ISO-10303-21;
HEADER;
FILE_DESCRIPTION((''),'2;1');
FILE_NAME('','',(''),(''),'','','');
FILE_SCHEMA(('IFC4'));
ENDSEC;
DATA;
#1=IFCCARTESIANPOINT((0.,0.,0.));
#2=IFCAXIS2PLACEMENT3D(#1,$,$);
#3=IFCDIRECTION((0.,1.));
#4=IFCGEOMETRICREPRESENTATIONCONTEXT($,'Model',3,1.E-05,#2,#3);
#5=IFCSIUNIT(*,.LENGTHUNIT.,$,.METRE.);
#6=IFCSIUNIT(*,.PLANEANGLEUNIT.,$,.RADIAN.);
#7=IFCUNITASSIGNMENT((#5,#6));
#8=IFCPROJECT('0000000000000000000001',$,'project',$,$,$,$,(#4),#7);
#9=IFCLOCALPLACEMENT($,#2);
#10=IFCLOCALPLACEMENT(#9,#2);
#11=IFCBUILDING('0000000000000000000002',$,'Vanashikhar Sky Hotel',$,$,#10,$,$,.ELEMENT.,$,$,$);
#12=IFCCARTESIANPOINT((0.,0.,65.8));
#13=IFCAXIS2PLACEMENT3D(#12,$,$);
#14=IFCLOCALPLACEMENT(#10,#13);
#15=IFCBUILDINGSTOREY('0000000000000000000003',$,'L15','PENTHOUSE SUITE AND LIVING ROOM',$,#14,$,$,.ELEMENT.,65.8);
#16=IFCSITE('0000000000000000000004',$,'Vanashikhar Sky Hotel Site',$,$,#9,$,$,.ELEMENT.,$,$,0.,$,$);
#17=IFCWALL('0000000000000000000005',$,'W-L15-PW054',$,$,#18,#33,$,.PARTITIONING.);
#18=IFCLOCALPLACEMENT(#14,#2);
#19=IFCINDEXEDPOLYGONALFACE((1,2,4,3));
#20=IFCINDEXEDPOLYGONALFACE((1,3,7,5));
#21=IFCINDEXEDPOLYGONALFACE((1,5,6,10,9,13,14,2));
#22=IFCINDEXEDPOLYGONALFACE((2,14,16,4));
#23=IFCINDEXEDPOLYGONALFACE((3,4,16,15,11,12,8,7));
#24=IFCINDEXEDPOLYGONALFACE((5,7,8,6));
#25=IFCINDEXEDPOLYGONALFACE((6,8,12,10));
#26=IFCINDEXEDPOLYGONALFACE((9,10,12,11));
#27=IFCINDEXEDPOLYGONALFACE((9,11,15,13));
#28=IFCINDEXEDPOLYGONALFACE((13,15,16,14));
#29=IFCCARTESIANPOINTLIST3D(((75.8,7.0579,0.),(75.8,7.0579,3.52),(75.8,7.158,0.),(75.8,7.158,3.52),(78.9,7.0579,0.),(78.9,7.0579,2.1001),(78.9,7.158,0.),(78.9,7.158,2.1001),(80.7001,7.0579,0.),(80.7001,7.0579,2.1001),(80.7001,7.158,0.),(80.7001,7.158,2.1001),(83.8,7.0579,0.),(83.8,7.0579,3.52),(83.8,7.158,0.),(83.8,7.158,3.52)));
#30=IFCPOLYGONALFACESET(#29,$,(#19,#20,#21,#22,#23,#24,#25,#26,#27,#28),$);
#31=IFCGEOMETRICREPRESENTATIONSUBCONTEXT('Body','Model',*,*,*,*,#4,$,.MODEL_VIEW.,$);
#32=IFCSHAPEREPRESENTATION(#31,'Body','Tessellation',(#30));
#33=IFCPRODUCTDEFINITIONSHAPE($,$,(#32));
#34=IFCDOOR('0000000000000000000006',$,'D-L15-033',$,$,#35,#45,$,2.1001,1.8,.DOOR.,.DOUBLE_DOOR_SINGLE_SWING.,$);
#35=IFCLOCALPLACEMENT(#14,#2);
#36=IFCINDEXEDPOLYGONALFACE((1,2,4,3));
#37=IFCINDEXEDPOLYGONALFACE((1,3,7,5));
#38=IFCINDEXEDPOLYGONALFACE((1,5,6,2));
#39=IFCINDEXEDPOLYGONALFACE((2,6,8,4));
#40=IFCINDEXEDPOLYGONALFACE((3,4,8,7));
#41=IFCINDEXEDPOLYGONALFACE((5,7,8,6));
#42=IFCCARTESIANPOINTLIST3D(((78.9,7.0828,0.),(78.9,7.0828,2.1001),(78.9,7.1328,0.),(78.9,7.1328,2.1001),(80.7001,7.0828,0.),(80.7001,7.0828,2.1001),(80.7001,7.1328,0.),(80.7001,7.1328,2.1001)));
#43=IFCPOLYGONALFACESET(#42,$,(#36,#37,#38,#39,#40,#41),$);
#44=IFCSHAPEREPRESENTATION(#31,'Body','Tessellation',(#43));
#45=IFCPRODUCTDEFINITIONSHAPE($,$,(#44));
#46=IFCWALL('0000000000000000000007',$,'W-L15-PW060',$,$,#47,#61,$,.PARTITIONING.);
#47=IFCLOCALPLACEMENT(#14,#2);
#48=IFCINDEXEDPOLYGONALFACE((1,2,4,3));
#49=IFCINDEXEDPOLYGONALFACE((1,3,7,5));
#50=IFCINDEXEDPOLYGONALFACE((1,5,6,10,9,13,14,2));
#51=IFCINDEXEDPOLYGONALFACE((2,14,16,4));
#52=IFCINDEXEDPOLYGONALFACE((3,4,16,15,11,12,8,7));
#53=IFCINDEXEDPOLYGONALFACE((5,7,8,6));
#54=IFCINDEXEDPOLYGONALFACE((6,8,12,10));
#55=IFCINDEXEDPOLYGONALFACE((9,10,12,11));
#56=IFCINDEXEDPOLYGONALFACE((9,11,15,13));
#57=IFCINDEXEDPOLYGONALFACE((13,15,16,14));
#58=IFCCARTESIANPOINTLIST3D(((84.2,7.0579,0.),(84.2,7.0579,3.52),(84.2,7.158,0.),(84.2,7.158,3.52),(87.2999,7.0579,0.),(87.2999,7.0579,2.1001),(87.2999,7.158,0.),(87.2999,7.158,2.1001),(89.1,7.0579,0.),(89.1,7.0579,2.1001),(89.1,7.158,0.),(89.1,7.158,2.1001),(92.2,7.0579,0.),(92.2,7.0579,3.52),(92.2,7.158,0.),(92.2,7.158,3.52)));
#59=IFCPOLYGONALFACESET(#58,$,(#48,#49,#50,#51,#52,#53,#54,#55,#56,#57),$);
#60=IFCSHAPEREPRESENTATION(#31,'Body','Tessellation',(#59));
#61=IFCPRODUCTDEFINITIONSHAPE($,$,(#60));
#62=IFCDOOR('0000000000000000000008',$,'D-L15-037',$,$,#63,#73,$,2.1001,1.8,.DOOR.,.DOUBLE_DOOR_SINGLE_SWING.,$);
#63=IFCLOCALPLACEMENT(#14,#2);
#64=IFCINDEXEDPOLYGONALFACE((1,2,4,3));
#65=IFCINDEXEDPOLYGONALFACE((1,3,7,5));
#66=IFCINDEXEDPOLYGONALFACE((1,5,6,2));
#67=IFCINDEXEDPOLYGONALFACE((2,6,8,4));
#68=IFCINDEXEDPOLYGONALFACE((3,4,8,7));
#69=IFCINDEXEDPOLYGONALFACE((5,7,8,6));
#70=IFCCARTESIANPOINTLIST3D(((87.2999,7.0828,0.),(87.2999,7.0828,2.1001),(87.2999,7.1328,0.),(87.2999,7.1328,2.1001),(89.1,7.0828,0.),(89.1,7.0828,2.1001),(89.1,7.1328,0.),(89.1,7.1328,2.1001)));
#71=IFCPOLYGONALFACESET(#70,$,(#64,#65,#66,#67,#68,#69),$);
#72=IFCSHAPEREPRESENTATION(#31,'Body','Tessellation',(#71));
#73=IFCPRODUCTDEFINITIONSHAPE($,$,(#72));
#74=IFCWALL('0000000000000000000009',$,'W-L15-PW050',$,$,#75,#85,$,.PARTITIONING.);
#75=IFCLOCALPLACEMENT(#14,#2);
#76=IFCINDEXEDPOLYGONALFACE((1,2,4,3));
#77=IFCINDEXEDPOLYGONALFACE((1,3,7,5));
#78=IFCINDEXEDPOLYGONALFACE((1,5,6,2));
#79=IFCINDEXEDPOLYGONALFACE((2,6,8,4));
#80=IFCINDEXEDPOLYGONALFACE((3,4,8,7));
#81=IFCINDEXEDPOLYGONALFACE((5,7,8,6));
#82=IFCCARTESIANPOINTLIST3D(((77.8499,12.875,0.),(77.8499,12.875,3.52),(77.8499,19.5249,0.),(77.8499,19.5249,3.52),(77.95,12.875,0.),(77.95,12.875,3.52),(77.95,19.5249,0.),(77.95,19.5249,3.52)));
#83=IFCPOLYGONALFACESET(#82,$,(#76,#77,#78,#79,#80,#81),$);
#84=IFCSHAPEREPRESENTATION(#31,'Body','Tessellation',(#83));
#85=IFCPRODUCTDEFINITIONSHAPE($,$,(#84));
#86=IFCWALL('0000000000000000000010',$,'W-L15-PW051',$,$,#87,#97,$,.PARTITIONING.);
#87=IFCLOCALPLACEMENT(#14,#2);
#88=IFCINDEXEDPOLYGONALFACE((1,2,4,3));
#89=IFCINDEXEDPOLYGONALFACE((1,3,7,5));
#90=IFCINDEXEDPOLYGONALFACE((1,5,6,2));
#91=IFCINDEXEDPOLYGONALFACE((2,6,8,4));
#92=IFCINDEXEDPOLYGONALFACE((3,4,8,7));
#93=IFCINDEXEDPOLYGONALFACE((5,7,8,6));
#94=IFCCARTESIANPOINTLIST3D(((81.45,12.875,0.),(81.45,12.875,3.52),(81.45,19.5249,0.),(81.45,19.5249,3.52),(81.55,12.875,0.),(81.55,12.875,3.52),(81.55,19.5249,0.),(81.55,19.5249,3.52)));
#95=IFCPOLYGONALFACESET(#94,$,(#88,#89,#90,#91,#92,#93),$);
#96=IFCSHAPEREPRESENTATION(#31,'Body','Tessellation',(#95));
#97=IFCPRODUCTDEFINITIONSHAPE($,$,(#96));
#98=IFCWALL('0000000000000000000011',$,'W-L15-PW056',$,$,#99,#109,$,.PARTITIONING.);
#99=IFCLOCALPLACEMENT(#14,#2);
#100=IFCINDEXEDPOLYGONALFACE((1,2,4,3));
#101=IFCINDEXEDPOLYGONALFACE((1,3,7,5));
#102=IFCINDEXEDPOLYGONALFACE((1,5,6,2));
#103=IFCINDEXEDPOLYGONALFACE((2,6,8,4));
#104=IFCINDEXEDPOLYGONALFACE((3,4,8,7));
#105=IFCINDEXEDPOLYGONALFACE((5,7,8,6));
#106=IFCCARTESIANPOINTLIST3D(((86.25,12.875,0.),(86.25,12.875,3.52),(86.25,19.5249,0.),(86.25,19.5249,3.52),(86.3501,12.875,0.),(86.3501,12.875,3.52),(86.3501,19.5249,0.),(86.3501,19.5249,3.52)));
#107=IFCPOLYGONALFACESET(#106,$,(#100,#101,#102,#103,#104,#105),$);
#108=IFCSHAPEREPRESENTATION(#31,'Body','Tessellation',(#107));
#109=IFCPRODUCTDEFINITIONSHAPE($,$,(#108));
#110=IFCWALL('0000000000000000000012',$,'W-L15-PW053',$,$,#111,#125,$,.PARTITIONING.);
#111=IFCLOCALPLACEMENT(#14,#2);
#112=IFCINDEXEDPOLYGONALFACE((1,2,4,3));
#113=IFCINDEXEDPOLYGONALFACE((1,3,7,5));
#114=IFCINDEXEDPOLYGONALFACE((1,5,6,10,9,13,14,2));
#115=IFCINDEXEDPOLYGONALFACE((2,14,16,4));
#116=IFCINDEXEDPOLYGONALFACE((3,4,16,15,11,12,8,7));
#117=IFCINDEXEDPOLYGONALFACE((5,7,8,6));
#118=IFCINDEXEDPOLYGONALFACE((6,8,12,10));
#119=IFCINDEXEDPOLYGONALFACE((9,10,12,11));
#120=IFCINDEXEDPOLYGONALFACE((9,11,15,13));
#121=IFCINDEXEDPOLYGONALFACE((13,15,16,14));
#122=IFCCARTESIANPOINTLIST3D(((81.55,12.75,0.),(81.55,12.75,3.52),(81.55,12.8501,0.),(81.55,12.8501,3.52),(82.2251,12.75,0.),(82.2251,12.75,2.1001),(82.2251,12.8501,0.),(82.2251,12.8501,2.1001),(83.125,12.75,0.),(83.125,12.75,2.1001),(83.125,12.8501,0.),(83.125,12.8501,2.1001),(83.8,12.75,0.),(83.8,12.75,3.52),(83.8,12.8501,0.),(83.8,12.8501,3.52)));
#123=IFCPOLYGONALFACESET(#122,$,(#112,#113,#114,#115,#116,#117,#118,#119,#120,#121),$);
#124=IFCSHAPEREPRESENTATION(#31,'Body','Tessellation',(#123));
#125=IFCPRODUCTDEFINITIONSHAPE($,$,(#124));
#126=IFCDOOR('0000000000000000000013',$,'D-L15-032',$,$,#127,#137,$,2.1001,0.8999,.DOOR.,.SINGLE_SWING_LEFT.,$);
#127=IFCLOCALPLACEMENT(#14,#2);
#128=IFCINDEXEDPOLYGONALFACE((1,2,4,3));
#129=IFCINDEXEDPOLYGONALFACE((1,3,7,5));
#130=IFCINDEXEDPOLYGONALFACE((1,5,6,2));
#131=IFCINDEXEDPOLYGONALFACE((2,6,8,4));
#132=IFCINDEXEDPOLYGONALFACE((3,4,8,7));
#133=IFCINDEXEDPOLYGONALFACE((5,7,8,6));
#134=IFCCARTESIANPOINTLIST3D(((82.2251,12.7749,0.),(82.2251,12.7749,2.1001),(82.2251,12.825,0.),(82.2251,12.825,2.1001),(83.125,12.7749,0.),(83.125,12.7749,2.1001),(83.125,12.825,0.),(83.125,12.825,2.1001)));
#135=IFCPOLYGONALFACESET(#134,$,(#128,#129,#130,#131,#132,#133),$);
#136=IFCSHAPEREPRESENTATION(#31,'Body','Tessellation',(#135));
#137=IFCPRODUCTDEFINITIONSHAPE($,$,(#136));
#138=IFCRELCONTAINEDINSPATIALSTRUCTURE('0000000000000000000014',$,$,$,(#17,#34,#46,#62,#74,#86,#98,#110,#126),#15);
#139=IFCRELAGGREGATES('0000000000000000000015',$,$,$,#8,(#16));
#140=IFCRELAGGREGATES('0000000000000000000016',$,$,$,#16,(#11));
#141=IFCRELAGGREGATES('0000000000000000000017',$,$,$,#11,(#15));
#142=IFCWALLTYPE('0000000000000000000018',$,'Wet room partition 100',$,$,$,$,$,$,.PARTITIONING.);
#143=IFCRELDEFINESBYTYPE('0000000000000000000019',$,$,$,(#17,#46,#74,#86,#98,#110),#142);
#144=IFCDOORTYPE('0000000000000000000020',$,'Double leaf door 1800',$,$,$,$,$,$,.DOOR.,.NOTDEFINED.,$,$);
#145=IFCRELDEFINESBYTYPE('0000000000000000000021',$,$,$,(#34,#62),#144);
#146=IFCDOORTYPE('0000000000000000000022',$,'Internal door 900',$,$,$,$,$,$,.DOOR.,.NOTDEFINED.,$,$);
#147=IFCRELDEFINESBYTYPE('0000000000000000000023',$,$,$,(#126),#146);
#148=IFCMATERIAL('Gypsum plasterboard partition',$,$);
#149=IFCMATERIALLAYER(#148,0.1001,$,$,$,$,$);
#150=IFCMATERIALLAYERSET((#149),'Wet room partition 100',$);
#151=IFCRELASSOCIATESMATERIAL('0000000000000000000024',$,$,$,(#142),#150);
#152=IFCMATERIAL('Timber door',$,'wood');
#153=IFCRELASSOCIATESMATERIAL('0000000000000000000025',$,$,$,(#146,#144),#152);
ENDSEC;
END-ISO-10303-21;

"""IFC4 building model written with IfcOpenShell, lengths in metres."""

from ifc_helpers import new_model, si_unit, direction, frame, frame_2d, origin, place, context, subcontext, project, spatial, rectangle, extrude, source, transform, mapped, material, layer, layer_set, type_object, element, fill, save


model = new_model("IFC4")

# Units and contexts
model_context = context("Model", 3, precision=1e-05, world=origin(), true_north=direction((0.0, 1.0)))
body_context = subcontext(model_context, "Body", "Model", "MODEL_VIEW")
ifc_project = project(units=[si_unit("LENGTHUNIT", "METRE"), si_unit("PLANEANGLEUNIT", "RADIAN")], contexts=[model_context])

# Site, building, storey
site_placement = place(None, origin())
site = spatial("IfcSite", under=ifc_project, at=site_placement, Name="Vanashikhar Sky Hotel Site", CompositionType="ELEMENT", RefElevation=0.0)
building_placement = place(site_placement, origin())
building = spatial("IfcBuilding", under=site, at=building_placement, Name="Vanashikhar Sky Hotel", CompositionType="ELEMENT")
storey_placement = place(building_placement, frame((0.0, 0.0, 65.8)))
storey = spatial("IfcBuildingStorey", under=building, at=storey_placement, Name="L15", Description="PENTHOUSE SUITE AND LIVING ROOM", CompositionType="ELEMENT", Elevation=65.8)

# Walls, openings, doors
ifc_material_1 = material(Name="Gypsum plasterboard partition")
ifc_layer_1 = layer(ifc_material_1, 0.1001)
ifc_layer_set_1 = layer_set([ifc_layer_1], Name="Wet room partition 100")
wall_type_1 = type_object("IfcWallType", Name="Wet room partition 100", PredefinedType="PARTITIONING", material=ifc_layer_set_1)
shared_shape_1 = source(origin(), body_context, "Body", "SweptSolid", [
    extrude(rectangle(XDim=0.8999, YDim=2.1001, at=frame_2d((0.45, 1.05))), frame((0.0, 0.0601, 0.0), z_axis=(0.0, -1.0, 0.0), x_axis=(1.0, 0.0, 0.0)), (0.0, 0.0, 1.0), 0.1201),
])
ifc_material_2 = material(Name="Timber door", Category="wood")
door_type_1 = type_object("IfcDoorType", Name="Internal door 900", OperationType="NOTDEFINED", PredefinedType="DOOR", material=ifc_material_2)
shared_shape_2 = source(origin(), body_context, "Body", "SweptSolid", [
    extrude(rectangle(XDim=0.8999, YDim=2.1001, at=frame_2d((0.45, 1.05))), frame((0.0, 0.0249, 0.0), z_axis=(0.0, -1.0, 0.0), x_axis=(1.0, 0.0, 0.0)), (0.0, 0.0, 1.0), 0.05),
])
shared_shape_3 = source(origin(), body_context, "Body", "SweptSolid", [
    extrude(rectangle(XDim=8.0, YDim=0.1001, at=frame_2d((4.0, 0.0))), origin(), (0.0, 0.0, 1.0), 3.52),
])
wall_1_placement = place(storey_placement, frame((75.8, 7.1079, 0.0), z_axis=(0.0, 0.0, 1.0), x_axis=(1.0, 0.0, 0.0)))
wall_1 = element("IfcWall", 1, at=wall_1_placement, inside=storey, type_object=wall_type_1, Name="W-L15-PW054", PredefinedType="PARTITIONING", context=body_context, shape_type="MappedRepresentation", body=[
    mapped(shared_shape_3, transform((0.0, 0.0, 0.0), scale=1.0)),
])
shared_shape_4 = source(origin(), body_context, "Body", "SweptSolid", [
    extrude(rectangle(XDim=1.8, YDim=2.1001, at=frame_2d((0.8999, 1.05))), frame((0.0, 0.0601, 0.0), z_axis=(0.0, -1.0, 0.0), x_axis=(1.0, 0.0, 0.0)), (0.0, 0.0, 1.0), 0.1201),
])
opening_1_placement = place(wall_1_placement, frame((3.1001, 0.0, 0.0)))
opening_1 = element("IfcOpeningElement", 2, at=opening_1_placement, cuts=wall_1, PredefinedType="OPENING", context=body_context, shape_type="MappedRepresentation", body=[
    mapped(shared_shape_4, transform((0.0, 0.0, 0.0), scale=1.0)),
])
door_type_2 = type_object("IfcDoorType", Name="Double leaf door 1800", OperationType="NOTDEFINED", PredefinedType="DOOR", material=ifc_material_2)
shared_shape_5 = source(origin(), body_context, "Body", "SweptSolid", [
    extrude(rectangle(XDim=1.8, YDim=2.1001, at=frame_2d((0.8999, 1.05))), frame((0.0, 0.0249, 0.0), z_axis=(0.0, -1.0, 0.0), x_axis=(1.0, 0.0, 0.0)), (0.0, 0.0, 1.0), 0.05),
])
door_1_placement = place(opening_1_placement, origin())
door_1 = element("IfcDoor", 3, at=door_1_placement, inside=storey, type_object=door_type_2, Name="D-L15-033", OperationType="DOUBLE_DOOR_SINGLE_SWING", OverallHeight=2.1001, OverallWidth=1.8, PredefinedType="DOOR", context=body_context, shape_type="MappedRepresentation", body=[
    mapped(shared_shape_5, transform((0.0, 0.0, 0.0), scale=1.0)),
])
fill(opening_1, door_1)
wall_2_placement = place(storey_placement, frame((84.2, 7.1079, 0.0), z_axis=(0.0, 0.0, 1.0), x_axis=(1.0, 0.0, 0.0)))
wall_2 = element("IfcWall", 4, at=wall_2_placement, inside=storey, type_object=wall_type_1, Name="W-L15-PW060", PredefinedType="PARTITIONING", context=body_context, shape_type="MappedRepresentation", body=[
    mapped(shared_shape_3, transform((0.0, 0.0, 0.0), scale=1.0)),
])
opening_2_placement = place(wall_2_placement, frame((3.1001, 0.0, 0.0)))
opening_2 = element("IfcOpeningElement", 5, at=opening_2_placement, cuts=wall_2, PredefinedType="OPENING", context=body_context, shape_type="MappedRepresentation", body=[
    mapped(shared_shape_4, transform((0.0, 0.0, 0.0), scale=1.0)),
])
door_2_placement = place(opening_2_placement, origin())
door_2 = element("IfcDoor", 6, at=door_2_placement, inside=storey, type_object=door_type_2, Name="D-L15-037", OperationType="DOUBLE_DOOR_SINGLE_SWING", OverallHeight=2.1001, OverallWidth=1.8, PredefinedType="DOOR", context=body_context, shape_type="MappedRepresentation", body=[
    mapped(shared_shape_5, transform((0.0, 0.0, 0.0), scale=1.0)),
])
fill(opening_2, door_2)

# Walls
shared_shape_6 = source(origin(), body_context, "Body", "SweptSolid", [
    extrude(rectangle(XDim=6.6499, YDim=0.1001, at=frame_2d((3.325, 0.0))), origin(), (0.0, 0.0, 1.0), 3.52),
])
for number, where, z_axis, x_axis, name in (
    (7, (77.8999, 12.875, 0.0), (0.0, 0.0, 1.0), (0.0, 1.0, 0.0), "W-L15-PW050"),
    (8, (81.5, 12.875, 0.0), (0.0, 0.0, 1.0), (0.0, 1.0, 0.0), "W-L15-PW051"),
    (9, (86.3, 12.875, 0.0), (0.0, 0.0, 1.0), (0.0, 1.0, 0.0), "W-L15-PW056"),
):
    element("IfcWall", number, at=place(storey_placement, frame(where, z_axis=z_axis, x_axis=x_axis)), inside=storey, type_object=wall_type_1, Name=name, PredefinedType="PARTITIONING", context=body_context, shape_type="MappedRepresentation", body=[
        mapped(shared_shape_6, transform((0.0, 0.0, 0.0), scale=1.0)),
    ])

# Wall, opening, door
shared_shape_7 = source(origin(), body_context, "Body", "SweptSolid", [
    extrude(rectangle(XDim=2.25, YDim=0.1001, at=frame_2d((1.125, 0.0))), origin(), (0.0, 0.0, 1.0), 3.52),
])
wall_3_placement = place(storey_placement, frame((81.55, 12.8, 0.0), z_axis=(0.0, 0.0, 1.0), x_axis=(1.0, 0.0, 0.0)))
wall_3 = element("IfcWall", 10, at=wall_3_placement, inside=storey, type_object=wall_type_1, Name="W-L15-PW053", PredefinedType="PARTITIONING", context=body_context, shape_type="MappedRepresentation", body=[
    mapped(shared_shape_7, transform((0.0, 0.0, 0.0), scale=1.0)),
])
opening_3_placement = place(wall_3_placement, frame((0.675, 0.0, 0.0)))
opening_3 = element("IfcOpeningElement", 11, at=opening_3_placement, cuts=wall_3, PredefinedType="OPENING", context=body_context, shape_type="MappedRepresentation", body=[
    mapped(shared_shape_1, transform((0.0, 0.0, 0.0), scale=1.0)),
])
door_3_placement = place(opening_3_placement, origin())
door_3 = element("IfcDoor", 12, at=door_3_placement, inside=storey, type_object=door_type_1, Name="D-L15-032", OperationType="SINGLE_SWING_LEFT", OverallHeight=2.1001, OverallWidth=0.8999, PredefinedType="DOOR", context=body_context, shape_type="MappedRepresentation", body=[
    mapped(shared_shape_2, transform((0.0, 0.0, 0.0), scale=1.0)),
])
fill(opening_3, door_3)

save(model, "model.ifc")
